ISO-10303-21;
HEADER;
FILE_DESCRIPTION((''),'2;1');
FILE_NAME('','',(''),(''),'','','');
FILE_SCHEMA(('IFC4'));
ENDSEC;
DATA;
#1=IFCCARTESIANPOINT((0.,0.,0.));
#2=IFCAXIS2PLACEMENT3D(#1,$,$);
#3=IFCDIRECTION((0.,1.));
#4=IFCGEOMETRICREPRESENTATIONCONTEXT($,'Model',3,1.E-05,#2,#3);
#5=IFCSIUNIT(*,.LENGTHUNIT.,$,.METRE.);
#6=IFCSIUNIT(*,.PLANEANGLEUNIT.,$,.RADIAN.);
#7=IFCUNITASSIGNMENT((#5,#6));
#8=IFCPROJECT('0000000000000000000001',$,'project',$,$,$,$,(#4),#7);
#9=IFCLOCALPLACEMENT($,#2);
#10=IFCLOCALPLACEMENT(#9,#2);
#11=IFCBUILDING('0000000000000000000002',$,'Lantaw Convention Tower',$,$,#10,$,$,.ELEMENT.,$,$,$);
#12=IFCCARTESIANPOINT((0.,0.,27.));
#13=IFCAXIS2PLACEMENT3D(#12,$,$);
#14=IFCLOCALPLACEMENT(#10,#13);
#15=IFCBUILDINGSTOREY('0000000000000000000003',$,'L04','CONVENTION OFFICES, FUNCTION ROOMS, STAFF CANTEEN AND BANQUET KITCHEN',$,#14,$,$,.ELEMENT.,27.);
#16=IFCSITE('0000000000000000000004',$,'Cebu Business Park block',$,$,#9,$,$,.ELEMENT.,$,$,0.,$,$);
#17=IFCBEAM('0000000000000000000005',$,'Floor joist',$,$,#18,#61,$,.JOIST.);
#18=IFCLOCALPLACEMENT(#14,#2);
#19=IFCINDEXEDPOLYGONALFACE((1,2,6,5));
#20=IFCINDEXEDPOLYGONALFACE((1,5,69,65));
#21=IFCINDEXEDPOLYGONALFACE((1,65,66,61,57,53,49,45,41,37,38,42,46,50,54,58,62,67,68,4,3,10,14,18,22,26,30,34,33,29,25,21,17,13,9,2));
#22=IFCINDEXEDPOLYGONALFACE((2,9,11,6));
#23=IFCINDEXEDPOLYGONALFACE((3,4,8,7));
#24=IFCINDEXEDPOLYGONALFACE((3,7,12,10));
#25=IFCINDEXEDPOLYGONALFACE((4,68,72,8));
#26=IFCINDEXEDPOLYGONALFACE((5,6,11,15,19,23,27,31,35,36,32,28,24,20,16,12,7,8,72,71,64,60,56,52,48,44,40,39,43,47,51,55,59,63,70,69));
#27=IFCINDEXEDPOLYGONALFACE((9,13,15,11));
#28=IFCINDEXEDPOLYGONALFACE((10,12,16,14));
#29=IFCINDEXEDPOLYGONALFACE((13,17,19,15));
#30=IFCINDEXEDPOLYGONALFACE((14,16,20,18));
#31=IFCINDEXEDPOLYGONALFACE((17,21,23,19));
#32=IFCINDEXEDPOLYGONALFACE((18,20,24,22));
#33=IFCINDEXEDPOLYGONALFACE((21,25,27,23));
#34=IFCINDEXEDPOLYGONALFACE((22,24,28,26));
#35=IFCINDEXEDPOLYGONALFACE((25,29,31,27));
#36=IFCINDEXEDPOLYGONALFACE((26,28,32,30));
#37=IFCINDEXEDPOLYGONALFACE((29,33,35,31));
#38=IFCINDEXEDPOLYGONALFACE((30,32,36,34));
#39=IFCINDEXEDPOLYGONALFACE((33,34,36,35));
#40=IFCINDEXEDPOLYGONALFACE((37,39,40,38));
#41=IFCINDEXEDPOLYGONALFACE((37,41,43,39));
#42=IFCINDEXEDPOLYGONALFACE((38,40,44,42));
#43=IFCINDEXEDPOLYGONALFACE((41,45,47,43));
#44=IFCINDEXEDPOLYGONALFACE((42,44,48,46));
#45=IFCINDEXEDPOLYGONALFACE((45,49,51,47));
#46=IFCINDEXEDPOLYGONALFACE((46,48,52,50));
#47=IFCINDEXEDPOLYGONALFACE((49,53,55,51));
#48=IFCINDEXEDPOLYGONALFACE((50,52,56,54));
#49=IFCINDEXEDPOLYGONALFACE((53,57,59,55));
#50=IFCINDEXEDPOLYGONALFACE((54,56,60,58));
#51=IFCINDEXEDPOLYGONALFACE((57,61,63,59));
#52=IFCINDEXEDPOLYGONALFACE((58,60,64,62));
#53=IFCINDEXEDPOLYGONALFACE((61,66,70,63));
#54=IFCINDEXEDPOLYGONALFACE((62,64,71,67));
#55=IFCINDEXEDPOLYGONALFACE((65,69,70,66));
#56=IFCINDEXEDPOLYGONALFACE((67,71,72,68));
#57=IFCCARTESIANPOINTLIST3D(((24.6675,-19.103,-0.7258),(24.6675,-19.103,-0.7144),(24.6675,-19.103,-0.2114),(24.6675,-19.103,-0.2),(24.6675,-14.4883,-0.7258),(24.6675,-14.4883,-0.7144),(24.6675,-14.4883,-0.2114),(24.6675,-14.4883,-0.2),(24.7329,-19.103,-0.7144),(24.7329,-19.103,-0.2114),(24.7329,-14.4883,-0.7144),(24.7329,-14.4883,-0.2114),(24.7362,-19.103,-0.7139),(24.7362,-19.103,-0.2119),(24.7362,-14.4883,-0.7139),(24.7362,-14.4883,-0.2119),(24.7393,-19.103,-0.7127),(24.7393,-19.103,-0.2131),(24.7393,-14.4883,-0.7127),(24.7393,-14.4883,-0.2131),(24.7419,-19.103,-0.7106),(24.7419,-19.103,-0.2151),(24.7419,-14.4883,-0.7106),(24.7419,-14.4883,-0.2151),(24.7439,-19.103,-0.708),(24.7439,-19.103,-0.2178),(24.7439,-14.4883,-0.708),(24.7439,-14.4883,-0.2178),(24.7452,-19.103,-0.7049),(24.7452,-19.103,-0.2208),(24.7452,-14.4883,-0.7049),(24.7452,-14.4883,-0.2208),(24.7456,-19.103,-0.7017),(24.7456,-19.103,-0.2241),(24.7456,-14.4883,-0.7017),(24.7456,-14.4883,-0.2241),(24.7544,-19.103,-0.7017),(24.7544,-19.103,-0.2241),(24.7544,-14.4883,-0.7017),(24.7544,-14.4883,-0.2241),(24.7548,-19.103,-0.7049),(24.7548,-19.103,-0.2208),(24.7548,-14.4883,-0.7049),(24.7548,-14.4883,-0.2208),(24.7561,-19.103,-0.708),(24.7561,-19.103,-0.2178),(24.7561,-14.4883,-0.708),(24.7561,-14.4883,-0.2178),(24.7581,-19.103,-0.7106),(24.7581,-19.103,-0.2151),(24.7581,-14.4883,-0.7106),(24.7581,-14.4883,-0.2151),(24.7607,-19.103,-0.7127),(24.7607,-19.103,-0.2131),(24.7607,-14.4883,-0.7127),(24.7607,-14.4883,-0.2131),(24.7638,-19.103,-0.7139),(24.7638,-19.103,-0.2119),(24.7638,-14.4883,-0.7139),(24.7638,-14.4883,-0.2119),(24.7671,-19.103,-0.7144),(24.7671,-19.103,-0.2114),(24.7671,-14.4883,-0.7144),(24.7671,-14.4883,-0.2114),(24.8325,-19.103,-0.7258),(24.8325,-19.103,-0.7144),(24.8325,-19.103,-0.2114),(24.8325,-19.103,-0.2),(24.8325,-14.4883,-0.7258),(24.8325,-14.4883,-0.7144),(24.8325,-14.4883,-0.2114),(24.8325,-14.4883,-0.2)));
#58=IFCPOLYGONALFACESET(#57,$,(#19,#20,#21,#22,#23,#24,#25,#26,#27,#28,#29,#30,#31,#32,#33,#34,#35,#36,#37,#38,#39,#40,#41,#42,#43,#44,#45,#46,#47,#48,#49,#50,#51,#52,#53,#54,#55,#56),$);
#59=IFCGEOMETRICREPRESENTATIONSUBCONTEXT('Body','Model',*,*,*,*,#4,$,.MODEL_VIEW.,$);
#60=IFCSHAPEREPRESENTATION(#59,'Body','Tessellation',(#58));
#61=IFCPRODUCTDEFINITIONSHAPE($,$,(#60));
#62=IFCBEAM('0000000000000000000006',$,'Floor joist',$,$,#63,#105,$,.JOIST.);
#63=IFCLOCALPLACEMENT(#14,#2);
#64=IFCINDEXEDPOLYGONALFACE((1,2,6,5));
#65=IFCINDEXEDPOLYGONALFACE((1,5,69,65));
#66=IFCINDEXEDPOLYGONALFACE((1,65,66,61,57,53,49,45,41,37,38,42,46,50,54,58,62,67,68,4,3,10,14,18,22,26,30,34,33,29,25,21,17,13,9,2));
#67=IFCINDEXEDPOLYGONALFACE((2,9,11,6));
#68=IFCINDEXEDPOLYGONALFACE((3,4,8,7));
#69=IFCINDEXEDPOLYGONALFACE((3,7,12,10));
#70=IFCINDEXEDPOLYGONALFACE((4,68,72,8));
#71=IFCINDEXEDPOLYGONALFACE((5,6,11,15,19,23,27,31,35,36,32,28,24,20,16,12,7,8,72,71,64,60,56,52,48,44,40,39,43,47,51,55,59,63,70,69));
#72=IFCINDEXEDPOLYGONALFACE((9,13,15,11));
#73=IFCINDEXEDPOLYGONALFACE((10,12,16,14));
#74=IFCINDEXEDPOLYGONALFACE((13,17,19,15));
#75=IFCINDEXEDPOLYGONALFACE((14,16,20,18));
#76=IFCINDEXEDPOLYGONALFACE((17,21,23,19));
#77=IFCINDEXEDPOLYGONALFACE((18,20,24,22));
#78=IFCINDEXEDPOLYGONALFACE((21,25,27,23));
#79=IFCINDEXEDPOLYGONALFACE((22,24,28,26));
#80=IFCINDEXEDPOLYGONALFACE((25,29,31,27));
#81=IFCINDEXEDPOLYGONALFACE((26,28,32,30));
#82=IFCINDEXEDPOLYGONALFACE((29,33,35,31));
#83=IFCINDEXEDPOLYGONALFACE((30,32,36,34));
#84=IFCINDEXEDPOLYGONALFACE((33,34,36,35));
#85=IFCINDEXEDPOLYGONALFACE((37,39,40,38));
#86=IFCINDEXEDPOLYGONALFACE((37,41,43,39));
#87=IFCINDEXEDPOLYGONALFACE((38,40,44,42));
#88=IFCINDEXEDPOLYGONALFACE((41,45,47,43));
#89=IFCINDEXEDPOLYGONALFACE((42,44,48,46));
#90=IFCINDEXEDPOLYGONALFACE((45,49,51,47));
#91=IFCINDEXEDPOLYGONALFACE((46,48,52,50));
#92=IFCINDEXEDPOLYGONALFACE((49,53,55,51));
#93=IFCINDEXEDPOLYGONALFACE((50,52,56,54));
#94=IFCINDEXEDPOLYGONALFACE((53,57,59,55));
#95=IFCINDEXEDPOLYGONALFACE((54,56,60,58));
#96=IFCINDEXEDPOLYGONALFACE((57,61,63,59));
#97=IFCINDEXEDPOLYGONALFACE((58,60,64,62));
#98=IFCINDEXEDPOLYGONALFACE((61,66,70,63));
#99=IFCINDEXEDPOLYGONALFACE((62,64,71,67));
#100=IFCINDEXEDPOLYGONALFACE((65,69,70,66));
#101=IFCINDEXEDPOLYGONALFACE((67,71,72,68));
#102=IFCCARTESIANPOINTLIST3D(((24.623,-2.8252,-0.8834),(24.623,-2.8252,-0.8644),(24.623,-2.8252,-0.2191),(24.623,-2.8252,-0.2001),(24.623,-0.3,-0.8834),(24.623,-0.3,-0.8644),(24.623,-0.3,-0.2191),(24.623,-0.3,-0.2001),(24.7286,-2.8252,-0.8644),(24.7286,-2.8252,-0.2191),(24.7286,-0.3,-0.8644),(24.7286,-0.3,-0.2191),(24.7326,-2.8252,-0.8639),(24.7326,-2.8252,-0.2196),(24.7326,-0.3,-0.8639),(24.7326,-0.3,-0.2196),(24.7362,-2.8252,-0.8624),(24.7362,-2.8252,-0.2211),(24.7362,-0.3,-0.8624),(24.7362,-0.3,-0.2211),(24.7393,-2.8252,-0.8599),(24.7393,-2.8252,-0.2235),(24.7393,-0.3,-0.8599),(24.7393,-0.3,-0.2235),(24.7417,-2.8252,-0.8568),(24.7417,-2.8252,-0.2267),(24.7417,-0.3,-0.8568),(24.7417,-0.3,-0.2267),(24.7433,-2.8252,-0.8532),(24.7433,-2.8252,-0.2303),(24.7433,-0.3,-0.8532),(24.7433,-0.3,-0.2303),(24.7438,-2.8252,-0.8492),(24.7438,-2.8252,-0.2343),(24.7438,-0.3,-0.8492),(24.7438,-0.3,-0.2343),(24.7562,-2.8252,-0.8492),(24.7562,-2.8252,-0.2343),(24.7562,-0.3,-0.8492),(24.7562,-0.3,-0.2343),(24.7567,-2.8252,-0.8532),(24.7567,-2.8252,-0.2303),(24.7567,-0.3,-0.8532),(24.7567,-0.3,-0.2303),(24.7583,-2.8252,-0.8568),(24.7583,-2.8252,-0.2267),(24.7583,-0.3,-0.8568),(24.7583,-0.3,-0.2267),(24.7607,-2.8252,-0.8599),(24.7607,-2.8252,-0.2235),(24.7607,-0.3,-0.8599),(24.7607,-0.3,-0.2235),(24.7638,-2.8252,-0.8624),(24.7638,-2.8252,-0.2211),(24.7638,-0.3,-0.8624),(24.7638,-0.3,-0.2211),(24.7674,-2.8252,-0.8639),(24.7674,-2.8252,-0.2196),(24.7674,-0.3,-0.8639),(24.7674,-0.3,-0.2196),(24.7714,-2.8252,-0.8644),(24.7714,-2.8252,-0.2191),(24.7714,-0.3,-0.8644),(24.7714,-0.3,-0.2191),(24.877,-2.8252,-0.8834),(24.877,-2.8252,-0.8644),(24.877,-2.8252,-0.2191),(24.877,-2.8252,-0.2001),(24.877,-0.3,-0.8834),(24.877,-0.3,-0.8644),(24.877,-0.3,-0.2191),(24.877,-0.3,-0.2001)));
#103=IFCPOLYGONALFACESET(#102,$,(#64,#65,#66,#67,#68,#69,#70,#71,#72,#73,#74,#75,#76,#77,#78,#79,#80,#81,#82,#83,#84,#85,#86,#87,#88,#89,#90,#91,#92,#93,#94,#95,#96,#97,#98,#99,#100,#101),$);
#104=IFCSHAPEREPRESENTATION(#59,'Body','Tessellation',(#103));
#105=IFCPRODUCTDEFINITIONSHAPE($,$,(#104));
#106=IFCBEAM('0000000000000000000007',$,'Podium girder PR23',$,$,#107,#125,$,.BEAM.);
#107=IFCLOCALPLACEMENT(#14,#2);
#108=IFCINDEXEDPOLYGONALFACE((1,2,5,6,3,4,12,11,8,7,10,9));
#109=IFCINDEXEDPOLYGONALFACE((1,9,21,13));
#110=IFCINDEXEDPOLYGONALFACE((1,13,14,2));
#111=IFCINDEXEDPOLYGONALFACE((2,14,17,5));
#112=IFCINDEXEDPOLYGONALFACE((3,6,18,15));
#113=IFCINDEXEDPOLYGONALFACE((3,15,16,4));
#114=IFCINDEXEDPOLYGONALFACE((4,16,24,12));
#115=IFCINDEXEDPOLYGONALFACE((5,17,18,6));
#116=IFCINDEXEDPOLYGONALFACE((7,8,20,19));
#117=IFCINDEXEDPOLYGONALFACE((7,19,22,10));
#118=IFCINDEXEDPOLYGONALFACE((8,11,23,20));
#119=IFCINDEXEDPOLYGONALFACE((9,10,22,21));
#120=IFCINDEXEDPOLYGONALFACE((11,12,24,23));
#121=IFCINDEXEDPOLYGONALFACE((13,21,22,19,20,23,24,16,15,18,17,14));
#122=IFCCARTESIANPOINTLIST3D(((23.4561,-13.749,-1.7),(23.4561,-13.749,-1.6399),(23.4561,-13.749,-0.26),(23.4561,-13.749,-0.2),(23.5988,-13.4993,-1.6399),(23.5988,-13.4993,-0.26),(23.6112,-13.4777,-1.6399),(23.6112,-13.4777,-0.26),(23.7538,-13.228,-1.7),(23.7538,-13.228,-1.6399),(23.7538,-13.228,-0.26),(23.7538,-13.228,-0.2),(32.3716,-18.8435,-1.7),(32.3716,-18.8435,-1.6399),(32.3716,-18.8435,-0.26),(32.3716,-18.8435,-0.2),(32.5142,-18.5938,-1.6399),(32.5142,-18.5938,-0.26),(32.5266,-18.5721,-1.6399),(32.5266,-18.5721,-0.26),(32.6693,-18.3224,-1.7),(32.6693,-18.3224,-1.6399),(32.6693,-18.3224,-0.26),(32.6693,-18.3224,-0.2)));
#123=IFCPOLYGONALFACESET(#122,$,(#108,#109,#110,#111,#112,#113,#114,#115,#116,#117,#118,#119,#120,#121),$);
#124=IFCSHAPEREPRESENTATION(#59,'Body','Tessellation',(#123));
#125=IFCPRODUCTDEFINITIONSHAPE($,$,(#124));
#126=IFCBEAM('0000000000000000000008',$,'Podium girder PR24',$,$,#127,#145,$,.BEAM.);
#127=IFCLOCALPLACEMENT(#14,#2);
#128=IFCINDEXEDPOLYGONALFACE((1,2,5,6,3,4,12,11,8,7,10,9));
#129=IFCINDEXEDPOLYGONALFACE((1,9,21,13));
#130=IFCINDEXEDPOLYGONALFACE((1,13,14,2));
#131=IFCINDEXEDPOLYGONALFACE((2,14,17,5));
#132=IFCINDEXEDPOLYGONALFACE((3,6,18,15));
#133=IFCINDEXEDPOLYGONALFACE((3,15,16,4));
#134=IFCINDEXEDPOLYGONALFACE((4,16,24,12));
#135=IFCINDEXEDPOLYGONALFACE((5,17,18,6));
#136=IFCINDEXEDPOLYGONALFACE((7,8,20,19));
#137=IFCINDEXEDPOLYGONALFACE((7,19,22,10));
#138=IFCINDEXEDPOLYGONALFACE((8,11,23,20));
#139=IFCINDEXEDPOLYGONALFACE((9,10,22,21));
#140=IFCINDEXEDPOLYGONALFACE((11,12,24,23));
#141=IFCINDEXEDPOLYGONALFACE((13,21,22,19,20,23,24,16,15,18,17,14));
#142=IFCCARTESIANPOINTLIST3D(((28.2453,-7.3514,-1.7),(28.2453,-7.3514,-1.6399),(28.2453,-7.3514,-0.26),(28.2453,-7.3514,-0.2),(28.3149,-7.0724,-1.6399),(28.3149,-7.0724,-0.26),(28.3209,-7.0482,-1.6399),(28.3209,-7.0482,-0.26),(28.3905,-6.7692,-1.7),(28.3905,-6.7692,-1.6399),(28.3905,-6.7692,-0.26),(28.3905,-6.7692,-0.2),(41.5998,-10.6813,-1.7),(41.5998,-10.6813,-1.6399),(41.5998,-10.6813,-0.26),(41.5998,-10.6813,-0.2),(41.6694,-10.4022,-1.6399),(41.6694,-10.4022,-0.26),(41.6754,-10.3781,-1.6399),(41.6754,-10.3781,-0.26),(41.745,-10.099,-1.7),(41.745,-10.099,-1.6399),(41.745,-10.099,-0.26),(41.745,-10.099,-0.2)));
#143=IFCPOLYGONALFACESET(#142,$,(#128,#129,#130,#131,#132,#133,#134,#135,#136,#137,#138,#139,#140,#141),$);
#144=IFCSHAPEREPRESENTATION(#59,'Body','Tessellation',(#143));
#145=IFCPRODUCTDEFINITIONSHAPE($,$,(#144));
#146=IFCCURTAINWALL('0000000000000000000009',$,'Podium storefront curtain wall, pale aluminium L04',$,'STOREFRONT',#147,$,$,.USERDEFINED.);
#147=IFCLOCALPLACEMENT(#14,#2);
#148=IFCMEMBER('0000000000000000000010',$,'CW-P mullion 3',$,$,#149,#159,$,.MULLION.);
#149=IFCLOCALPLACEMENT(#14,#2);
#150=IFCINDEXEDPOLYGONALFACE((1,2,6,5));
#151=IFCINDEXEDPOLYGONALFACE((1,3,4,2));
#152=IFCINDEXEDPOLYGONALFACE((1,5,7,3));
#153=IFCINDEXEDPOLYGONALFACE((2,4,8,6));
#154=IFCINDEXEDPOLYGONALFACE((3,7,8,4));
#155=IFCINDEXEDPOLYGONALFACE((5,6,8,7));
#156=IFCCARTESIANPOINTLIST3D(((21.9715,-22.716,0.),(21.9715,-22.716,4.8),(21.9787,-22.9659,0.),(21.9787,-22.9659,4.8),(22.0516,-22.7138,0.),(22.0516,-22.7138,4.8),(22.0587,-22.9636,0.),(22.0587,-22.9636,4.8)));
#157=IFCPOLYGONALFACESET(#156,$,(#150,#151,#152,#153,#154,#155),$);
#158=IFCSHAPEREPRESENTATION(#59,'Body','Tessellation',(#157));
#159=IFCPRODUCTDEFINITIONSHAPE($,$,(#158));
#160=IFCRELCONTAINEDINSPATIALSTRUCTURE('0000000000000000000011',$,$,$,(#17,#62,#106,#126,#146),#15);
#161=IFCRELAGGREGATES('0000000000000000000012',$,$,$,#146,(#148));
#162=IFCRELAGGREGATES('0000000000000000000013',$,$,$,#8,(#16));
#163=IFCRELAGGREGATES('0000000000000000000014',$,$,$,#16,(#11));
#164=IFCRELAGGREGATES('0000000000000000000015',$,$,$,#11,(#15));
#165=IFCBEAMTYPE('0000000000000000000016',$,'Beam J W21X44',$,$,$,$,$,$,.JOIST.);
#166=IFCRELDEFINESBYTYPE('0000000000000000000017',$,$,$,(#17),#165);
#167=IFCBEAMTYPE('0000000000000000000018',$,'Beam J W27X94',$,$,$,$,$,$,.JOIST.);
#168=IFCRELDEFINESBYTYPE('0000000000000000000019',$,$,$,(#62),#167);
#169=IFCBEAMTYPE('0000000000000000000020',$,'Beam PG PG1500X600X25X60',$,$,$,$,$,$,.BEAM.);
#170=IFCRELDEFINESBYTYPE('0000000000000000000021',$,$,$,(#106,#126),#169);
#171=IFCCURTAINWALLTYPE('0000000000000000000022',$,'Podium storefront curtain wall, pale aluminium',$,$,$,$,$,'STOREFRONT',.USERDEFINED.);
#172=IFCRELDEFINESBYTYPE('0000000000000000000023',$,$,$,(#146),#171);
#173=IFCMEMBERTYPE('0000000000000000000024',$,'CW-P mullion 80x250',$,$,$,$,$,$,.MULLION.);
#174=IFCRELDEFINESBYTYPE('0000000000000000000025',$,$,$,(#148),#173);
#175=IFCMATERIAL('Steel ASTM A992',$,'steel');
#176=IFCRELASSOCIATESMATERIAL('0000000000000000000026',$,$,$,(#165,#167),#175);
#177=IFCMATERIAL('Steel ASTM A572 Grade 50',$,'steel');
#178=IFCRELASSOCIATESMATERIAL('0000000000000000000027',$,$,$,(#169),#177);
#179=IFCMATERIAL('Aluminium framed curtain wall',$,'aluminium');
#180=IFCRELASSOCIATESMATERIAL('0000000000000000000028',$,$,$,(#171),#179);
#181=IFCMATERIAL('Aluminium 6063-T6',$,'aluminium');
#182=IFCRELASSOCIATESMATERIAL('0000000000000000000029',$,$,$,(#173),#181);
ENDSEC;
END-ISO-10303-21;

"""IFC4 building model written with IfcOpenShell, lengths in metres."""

from ifc_helpers import new_model, si_unit, direction, frame, origin, origin_2d, place, context, subcontext, project, spatial, rectangle, i_section, extrude, material, material_profile, profile_set, type_object, element, aggregate, save


model = new_model("IFC4")

# Units and contexts
model_context = context("Model", 3, precision=1e-05, world=origin(), true_north=direction((0.0, 1.0)))
body_context = subcontext(model_context, "Body", "Model", "MODEL_VIEW")
ifc_project = project(units=[si_unit("LENGTHUNIT", "METRE"), si_unit("PLANEANGLEUNIT", "RADIAN")], contexts=[model_context])

# Site, building, storey
site_placement = place(None, origin())
site = spatial("IfcSite", under=ifc_project, at=site_placement, Name="Cebu Business Park block", CompositionType="ELEMENT", RefElevation=0.0)
building_placement = place(site_placement, origin())
building = spatial("IfcBuilding", under=site, at=building_placement, Name="Lantaw Convention Tower", CompositionType="ELEMENT")
storey_placement = place(building_placement, frame((0.0, 0.0, 27.0)))
storey = spatial("IfcBuildingStorey", under=building, at=storey_placement, Name="L04", Description="CONVENTION OFFICES, FUNCTION ROOMS, STAFF CANTEEN AND BANQUET KITCHEN", CompositionType="ELEMENT", Elevation=27.0)

# Shared definitions
ifc_material_1 = material(Name="Steel ASTM A572 Grade 50", Category="steel")

# Beams
ifc_material_2 = material(Name="Steel ASTM A992", Category="steel")
ifc_material_profile_1 = material_profile(ifc_material_2, i_section(OverallWidth=0.165, OverallDepth=0.5259, WebThickness=0.0088, FlangeThickness=0.0115, FilletRadius=0.0127, at=origin_2d()), Name="W21X44")
ifc_profile_set_1 = profile_set([ifc_material_profile_1], Name="Steel ASTM A992")
beam_type_1 = type_object("IfcBeamType", Name="Beam J W21X44", PredefinedType="JOIST", material=ifc_profile_set_1)
beam_1_placement = place(storey_placement, frame((24.75, -19.103, -0.4629), z_axis=(0.0, 1.0, 0.0), x_axis=(-1.0, 0.0, 0.0)))
element("IfcBeam", 1, at=beam_1_placement, inside=storey, type_object=beam_type_1, Name="Floor joist", PredefinedType="JOIST", context=body_context, shape_type="SweptSolid", body=[
    extrude(i_section(OverallWidth=0.165, OverallDepth=0.5259, WebThickness=0.0088, FlangeThickness=0.0115, FilletRadius=0.0127, at=origin_2d()), origin(), (0.0, 0.0, 1.0), 4.6147),
])
ifc_material_profile_2 = material_profile(ifc_material_2, i_section(OverallWidth=0.2539, OverallDepth=0.6833, WebThickness=0.0125, FlangeThickness=0.019, FilletRadius=0.0151, at=origin_2d()), Name="W27X94")
ifc_profile_set_2 = profile_set([ifc_material_profile_2], Name="Steel ASTM A992")
beam_type_2 = type_object("IfcBeamType", Name="Beam J W27X94", PredefinedType="JOIST", material=ifc_profile_set_2)
beam_2_placement = place(storey_placement, frame((24.75, -2.8252, -0.5417), z_axis=(0.0, 1.0, 0.0), x_axis=(-1.0, 0.0, 0.0)))
element("IfcBeam", 2, at=beam_2_placement, inside=storey, type_object=beam_type_2, Name="Floor joist", PredefinedType="JOIST", context=body_context, shape_type="SweptSolid", body=[
    extrude(i_section(OverallWidth=0.2539, OverallDepth=0.6833, WebThickness=0.0125, FlangeThickness=0.019, FilletRadius=0.0151, at=origin_2d()), origin(), (0.0, 0.0, 1.0), 2.5251),
])
ifc_material_profile_3 = material_profile(ifc_material_1, i_section(OverallWidth=0.6001, OverallDepth=1.5, WebThickness=0.0249, FlangeThickness=0.0601, at=origin_2d()), Name="PG1500X600X25X60")
ifc_profile_set_3 = profile_set([ifc_material_profile_3], Name="Steel ASTM A572 Grade 50")
beam_type_3 = type_object("IfcBeamType", Name="Beam PG PG1500X600X25X60", PredefinedType="BEAM", material=ifc_profile_set_3)
beam_3_placement = place(storey_placement, frame((23.605, -13.4885, -0.95), z_axis=(0.868248, -0.496131, 0.0), x_axis=(0.496131, 0.868248, 0.0)))
element("IfcBeam", 3, at=beam_3_placement, inside=storey, type_object=beam_type_3, Name="Podium girder PR23", PredefinedType="BEAM", context=body_context, shape_type="SweptSolid", body=[
    extrude(i_section(OverallWidth=0.6001, OverallDepth=1.5, WebThickness=0.0249, FlangeThickness=0.0601, at=origin_2d()), origin(), (0.0, 0.0, 1.0), 10.2683),
])
beam_4_placement = place(storey_placement, frame((28.3179, -7.0603, -0.95), z_axis=(0.970293, -0.241935, 0.0), x_axis=(0.241935, 0.970293, 0.0)))
element("IfcBeam", 4, at=beam_4_placement, inside=storey, type_object=beam_type_3, Name="Podium girder PR24", PredefinedType="BEAM", context=body_context, shape_type="SweptSolid", body=[
    extrude(i_section(OverallWidth=0.6001, OverallDepth=1.5, WebThickness=0.0249, FlangeThickness=0.0601, at=origin_2d()), origin(), (0.0, 0.0, 1.0), 13.7634),
])

# Curtain wall, member
ifc_material_3 = material(Name="Aluminium framed curtain wall", Category="aluminium")
curtain_wall_type = type_object("IfcCurtainWallType", Name="Podium storefront curtain wall, pale aluminium", ElementType="STOREFRONT", PredefinedType="USERDEFINED", material=ifc_material_3)
curtain_wall_placement = place(storey_placement, origin())
curtain_wall = element("IfcCurtainWall", 5, at=curtain_wall_placement, inside=storey, type_object=curtain_wall_type, Name="Podium storefront curtain wall, pale aluminium L04", ObjectType="STOREFRONT", PredefinedType="USERDEFINED")
ifc_material_4 = material(Name="Aluminium 6063-T6", Category="aluminium")
ifc_material_profile_4 = material_profile(ifc_material_4, rectangle(XDim=0.25, YDim=0.0801, at=origin_2d()), Name="CW-P mullion 80x250")
ifc_profile_set_4 = profile_set([ifc_material_profile_4], Name="Aluminium 6063-T6")
member_type = type_object("IfcMemberType", Name="CW-P mullion 80x250", PredefinedType="MULLION", material=ifc_profile_set_4)
member_placement = place(storey_placement, frame((22.0151, -22.8398, 0.0), z_axis=(0.0, 0.0, 1.0), x_axis=(-0.028552, 0.999592, 0.0)))
member = element("IfcMember", 6, at=member_placement, type_object=member_type, Name="CW-P mullion 3", PredefinedType="MULLION", context=body_context, shape_type="SweptSolid", body=[
    extrude(rectangle(XDim=0.25, YDim=0.0801, at=origin_2d()), origin(), (0.0, 0.0, 1.0), 4.8),
])
aggregate(curtain_wall, [member])

save(model, "model.ifc")
